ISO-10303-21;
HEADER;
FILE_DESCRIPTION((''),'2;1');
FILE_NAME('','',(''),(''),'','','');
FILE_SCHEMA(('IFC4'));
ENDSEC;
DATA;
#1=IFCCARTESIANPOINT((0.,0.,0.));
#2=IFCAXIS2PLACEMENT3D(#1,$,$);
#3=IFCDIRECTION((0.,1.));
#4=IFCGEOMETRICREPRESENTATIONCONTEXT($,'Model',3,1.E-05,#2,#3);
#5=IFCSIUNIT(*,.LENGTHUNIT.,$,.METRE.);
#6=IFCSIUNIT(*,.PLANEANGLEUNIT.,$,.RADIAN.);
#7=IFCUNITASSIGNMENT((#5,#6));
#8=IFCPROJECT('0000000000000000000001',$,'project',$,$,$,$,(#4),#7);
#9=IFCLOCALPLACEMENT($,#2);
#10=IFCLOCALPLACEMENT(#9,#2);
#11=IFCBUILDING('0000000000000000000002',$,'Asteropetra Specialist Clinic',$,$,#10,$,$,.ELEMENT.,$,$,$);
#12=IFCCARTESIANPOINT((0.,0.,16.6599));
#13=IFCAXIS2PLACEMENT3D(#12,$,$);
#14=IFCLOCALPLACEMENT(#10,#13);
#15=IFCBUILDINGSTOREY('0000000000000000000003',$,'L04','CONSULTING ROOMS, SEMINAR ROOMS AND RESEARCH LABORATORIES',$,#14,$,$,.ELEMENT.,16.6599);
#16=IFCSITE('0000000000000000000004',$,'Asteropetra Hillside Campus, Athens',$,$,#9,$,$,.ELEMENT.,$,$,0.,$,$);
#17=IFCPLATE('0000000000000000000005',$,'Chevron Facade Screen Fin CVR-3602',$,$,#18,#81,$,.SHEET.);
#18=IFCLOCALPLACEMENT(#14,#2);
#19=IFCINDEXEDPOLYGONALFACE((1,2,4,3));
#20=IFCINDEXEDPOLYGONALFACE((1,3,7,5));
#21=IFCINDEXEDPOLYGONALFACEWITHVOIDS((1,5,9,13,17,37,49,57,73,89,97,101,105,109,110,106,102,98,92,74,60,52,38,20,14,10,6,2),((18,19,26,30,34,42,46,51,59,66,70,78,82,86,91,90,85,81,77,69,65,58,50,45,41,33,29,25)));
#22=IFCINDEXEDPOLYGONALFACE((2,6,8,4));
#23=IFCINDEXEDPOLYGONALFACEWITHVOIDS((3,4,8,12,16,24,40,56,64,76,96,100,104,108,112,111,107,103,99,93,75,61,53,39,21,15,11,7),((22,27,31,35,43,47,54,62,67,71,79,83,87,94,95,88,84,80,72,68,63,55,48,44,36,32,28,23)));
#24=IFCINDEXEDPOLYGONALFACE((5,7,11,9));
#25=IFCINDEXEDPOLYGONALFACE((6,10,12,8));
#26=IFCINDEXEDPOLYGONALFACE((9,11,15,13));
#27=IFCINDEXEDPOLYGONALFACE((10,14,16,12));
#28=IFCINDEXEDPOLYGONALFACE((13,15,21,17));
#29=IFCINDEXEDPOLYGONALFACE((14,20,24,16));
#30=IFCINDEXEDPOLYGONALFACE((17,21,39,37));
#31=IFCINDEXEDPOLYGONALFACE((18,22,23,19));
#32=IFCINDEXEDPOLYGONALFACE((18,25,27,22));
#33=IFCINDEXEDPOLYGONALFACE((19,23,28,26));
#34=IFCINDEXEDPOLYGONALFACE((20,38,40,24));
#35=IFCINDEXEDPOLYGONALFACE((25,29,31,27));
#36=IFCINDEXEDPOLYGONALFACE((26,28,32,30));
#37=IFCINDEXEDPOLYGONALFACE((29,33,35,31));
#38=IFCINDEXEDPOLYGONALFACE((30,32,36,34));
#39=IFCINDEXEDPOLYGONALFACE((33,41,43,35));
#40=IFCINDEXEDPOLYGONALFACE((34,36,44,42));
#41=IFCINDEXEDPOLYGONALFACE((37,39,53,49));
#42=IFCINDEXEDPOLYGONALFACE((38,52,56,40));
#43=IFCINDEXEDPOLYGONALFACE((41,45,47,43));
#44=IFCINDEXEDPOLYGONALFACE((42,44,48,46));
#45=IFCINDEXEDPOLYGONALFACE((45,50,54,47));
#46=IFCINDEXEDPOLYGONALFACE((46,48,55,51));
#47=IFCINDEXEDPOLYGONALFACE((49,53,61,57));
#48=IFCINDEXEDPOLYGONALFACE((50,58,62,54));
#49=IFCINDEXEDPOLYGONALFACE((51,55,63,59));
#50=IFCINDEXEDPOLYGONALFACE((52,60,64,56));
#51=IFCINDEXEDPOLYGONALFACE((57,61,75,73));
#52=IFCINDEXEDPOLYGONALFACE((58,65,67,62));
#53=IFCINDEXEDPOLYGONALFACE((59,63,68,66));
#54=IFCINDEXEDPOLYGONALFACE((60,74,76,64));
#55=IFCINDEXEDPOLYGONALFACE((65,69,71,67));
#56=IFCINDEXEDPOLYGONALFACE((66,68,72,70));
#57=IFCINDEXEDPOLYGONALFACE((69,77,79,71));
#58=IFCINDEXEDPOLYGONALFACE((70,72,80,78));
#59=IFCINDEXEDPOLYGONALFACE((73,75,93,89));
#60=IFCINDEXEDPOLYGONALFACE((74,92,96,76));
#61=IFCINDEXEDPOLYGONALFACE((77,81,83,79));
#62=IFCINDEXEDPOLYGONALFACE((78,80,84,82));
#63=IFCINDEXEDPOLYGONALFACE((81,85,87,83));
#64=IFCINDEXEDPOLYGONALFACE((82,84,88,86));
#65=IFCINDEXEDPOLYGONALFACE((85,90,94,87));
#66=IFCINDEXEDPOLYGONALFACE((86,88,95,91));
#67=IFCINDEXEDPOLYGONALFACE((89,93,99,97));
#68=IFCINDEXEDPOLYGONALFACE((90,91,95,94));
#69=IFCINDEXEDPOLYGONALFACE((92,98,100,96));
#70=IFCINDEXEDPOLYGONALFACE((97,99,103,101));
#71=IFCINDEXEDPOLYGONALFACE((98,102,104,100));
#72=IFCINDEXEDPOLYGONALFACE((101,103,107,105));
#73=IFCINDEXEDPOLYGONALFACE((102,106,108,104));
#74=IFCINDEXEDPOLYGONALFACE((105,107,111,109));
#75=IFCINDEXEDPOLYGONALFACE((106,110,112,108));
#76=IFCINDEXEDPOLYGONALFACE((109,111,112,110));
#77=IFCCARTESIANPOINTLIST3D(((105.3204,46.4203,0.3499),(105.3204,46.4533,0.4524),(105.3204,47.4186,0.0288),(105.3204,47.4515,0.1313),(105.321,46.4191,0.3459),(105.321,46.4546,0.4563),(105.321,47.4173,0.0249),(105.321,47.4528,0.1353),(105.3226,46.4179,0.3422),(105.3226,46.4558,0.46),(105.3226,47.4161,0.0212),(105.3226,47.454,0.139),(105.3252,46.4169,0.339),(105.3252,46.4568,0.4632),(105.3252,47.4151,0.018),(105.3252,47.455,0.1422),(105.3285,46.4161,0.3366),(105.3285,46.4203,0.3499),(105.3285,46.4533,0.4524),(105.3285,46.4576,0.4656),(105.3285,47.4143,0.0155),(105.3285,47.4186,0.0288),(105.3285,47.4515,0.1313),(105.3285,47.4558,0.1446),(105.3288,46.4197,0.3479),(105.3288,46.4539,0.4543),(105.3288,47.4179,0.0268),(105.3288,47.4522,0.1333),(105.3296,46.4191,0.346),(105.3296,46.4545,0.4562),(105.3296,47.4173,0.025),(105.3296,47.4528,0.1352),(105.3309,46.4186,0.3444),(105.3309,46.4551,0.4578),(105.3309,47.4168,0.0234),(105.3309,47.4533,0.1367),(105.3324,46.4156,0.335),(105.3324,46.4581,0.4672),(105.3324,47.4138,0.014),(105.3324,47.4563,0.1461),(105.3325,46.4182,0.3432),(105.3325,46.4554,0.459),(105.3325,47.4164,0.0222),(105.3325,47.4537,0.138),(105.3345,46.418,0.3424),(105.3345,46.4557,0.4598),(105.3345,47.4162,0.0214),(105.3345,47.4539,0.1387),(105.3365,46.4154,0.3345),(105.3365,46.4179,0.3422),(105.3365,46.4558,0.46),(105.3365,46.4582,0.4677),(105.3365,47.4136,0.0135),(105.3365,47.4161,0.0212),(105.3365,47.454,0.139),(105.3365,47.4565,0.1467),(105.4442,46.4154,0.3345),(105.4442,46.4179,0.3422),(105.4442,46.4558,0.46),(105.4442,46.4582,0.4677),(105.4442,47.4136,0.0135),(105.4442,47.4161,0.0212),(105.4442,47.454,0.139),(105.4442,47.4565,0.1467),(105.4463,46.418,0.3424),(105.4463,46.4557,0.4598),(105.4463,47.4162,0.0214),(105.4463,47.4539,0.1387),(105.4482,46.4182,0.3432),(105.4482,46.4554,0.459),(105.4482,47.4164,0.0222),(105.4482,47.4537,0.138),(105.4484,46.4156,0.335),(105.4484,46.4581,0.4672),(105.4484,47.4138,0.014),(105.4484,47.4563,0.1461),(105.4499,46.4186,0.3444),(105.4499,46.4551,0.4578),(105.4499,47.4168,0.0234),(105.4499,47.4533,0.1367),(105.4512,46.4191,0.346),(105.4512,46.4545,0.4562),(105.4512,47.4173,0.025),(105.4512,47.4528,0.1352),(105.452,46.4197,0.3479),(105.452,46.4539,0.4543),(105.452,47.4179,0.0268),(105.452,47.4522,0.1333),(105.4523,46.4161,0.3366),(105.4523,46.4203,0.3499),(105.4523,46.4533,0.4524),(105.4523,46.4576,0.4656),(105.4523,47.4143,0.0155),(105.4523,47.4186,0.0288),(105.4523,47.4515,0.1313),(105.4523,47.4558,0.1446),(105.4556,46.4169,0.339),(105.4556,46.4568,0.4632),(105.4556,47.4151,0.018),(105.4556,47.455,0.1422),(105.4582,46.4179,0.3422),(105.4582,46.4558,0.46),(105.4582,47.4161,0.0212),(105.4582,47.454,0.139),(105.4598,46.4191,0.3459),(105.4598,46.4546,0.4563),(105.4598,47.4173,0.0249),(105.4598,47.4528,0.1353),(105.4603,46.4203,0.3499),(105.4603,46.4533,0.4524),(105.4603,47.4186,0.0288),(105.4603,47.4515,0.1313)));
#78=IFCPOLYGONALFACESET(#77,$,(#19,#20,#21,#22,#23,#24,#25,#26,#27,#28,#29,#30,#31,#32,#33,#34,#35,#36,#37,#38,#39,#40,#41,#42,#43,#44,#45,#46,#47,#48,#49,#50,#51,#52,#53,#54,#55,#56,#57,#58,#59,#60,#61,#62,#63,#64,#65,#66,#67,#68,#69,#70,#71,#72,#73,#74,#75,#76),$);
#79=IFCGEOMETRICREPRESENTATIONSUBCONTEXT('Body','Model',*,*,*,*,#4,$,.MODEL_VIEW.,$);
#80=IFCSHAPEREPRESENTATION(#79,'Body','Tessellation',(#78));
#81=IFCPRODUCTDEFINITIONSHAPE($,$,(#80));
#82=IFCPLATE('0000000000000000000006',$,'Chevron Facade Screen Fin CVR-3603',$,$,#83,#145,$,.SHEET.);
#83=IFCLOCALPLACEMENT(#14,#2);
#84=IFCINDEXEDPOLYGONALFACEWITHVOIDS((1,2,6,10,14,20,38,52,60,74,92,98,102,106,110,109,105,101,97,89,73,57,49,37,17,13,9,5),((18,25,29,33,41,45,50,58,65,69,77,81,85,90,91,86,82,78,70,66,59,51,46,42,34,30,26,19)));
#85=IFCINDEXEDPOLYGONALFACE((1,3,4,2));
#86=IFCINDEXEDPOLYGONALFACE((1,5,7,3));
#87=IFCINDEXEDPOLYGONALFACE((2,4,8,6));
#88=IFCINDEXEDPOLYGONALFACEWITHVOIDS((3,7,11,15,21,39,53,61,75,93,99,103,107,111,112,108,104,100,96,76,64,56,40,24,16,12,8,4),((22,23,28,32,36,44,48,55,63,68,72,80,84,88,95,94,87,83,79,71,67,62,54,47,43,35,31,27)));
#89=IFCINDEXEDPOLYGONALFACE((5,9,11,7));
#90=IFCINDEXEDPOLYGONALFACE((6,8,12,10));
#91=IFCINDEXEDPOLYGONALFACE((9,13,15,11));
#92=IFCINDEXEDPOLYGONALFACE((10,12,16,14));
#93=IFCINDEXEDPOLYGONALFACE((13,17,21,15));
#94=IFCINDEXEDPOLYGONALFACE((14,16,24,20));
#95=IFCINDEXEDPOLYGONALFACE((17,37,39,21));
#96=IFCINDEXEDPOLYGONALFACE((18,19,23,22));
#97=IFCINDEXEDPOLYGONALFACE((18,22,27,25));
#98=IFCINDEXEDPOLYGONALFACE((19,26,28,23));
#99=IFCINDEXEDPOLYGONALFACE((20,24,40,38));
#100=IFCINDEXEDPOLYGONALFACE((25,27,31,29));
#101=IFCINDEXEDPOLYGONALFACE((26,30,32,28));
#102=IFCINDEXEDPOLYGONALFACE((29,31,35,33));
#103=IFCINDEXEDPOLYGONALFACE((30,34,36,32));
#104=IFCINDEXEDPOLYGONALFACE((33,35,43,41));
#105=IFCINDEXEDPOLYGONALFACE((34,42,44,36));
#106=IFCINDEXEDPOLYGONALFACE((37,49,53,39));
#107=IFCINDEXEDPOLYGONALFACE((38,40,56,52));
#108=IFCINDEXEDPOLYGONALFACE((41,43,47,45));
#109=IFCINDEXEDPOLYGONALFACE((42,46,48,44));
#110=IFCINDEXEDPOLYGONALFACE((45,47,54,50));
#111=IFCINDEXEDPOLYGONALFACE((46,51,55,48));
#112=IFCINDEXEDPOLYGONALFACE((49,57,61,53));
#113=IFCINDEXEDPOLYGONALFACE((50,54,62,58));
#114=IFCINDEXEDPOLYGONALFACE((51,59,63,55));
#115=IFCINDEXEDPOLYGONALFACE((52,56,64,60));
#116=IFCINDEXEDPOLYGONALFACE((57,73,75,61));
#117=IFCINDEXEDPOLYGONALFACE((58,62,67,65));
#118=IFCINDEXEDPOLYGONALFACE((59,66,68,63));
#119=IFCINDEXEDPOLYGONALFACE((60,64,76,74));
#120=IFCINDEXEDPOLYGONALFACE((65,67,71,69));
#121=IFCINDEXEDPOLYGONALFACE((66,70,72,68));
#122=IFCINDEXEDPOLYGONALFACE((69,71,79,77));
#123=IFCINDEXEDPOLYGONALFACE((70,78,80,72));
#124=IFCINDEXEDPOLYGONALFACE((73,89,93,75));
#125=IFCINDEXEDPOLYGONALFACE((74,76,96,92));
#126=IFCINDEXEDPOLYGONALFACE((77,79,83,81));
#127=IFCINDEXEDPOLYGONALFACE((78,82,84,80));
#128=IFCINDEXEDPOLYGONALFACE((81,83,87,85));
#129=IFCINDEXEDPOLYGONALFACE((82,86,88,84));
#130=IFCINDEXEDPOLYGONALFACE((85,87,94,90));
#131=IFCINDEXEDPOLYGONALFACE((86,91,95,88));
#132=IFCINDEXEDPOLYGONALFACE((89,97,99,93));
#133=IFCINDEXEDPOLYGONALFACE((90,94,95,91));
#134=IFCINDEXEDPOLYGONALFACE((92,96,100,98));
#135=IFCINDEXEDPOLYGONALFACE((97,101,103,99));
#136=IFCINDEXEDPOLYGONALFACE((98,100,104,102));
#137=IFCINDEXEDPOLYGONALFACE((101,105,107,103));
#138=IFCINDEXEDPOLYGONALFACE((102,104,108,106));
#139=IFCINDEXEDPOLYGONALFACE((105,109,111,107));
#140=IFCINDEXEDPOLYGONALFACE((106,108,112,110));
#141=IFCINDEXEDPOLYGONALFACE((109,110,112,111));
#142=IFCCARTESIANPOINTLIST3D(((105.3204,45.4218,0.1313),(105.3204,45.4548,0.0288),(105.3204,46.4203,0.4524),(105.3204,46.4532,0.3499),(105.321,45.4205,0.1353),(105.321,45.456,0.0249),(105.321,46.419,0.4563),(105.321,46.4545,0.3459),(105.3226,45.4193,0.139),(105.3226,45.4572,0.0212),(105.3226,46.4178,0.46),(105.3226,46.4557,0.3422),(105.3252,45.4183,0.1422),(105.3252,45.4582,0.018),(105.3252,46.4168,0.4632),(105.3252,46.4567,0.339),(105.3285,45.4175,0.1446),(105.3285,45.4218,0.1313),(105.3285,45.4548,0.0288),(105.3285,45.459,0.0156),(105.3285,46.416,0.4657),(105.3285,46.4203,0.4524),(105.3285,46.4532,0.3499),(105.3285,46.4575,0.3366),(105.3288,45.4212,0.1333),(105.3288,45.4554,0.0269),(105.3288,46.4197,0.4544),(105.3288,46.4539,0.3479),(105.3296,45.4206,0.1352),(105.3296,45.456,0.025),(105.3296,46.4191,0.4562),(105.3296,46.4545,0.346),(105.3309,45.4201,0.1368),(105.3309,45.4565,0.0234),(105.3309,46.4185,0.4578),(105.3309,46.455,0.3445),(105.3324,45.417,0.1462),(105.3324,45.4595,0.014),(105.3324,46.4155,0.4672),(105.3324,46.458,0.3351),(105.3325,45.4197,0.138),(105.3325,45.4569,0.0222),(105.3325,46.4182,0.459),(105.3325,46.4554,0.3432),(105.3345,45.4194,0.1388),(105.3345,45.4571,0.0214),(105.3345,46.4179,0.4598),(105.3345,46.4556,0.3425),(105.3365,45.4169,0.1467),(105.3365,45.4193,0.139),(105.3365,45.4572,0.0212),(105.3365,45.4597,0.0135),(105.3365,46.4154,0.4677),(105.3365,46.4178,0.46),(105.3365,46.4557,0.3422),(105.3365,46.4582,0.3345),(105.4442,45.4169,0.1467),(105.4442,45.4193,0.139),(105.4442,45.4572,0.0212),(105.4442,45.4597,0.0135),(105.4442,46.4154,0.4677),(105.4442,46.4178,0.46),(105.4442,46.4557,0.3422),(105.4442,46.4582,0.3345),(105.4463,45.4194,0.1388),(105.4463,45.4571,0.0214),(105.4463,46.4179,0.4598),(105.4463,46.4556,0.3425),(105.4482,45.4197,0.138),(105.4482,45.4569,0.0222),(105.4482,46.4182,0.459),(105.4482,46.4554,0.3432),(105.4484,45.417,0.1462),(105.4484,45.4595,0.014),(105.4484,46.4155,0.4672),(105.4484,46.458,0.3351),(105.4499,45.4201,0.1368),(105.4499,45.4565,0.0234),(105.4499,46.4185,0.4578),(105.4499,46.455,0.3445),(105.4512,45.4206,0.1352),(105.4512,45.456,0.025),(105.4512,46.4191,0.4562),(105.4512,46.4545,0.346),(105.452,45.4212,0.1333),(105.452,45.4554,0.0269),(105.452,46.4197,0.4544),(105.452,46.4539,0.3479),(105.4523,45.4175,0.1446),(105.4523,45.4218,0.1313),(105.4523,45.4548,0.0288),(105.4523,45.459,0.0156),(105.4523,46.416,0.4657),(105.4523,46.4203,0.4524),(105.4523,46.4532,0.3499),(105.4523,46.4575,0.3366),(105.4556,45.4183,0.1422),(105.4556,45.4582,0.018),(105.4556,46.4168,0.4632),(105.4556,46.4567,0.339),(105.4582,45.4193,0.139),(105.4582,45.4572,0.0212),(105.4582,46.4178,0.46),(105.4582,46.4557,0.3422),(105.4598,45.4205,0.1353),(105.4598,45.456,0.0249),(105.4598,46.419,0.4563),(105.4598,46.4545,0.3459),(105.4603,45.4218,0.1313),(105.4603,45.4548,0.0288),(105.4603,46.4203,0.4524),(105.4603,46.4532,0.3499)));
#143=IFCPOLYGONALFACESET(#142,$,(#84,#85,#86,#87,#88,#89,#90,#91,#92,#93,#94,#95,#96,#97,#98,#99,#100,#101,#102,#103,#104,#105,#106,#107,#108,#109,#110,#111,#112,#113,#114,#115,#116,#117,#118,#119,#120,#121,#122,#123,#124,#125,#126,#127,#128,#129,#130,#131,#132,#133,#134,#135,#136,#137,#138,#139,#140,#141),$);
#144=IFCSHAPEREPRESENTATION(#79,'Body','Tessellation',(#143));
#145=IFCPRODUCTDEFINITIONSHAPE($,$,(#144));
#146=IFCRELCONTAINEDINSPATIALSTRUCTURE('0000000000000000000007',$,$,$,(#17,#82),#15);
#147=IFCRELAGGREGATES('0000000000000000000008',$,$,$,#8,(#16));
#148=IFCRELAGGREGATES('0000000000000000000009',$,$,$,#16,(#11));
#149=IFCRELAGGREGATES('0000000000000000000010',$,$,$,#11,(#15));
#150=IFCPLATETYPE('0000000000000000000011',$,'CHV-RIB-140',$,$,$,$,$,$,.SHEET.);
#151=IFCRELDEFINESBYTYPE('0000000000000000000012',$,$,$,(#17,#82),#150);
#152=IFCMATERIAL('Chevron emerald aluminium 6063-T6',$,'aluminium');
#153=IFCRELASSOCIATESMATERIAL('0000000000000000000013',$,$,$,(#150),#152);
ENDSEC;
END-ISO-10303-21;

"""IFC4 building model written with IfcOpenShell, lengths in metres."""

from ifc_helpers import new_model, si_unit, direction, frame, origin, origin_2d, place, context, subcontext, project, spatial, hollow_rectangle, extrude, material, material_profile, profile_set, type_object, element, save


model = new_model("IFC4")

# Units and contexts
model_context = context("Model", 3, precision=1e-05, world=origin(), true_north=direction((0.0, 1.0)))
body_context = subcontext(model_context, "Body", "Model", "MODEL_VIEW")
ifc_project = project(units=[si_unit("LENGTHUNIT", "METRE"), si_unit("PLANEANGLEUNIT", "RADIAN")], contexts=[model_context])

# Site, building, storey
site_placement = place(None, origin())
site = spatial("IfcSite", under=ifc_project, at=site_placement, Name="Asteropetra Hillside Campus, Athens", CompositionType="ELEMENT", RefElevation=0.0)
building_placement = place(site_placement, origin())
building = spatial("IfcBuilding", under=site, at=building_placement, Name="Asteropetra Specialist Clinic", CompositionType="ELEMENT")
storey_placement = place(building_placement, frame((0.0, 0.0, 16.6599)))
storey = spatial("IfcBuildingStorey", under=building, at=storey_placement, Name="L04", Description="CONSULTING ROOMS, SEMINAR ROOMS AND RESEARCH LABORATORIES", CompositionType="ELEMENT", Elevation=16.6599)

# Plates
ifc_material_1 = material(Name="Chevron emerald aluminium 6063-T6", Category="aluminium")
ifc_material_profile = material_profile(ifc_material_1, hollow_rectangle(XDim=0.1399, YDim=0.1399, WallThickness=0.0081, InnerFilletRadius=0.0081, OuterFilletRadius=0.0161, at=origin_2d()), Name="SHS 140x140x8.0")
ifc_profile_set = profile_set([ifc_material_profile], Name="Chevron emerald aluminium 6063-T6")
plate_type = type_object("IfcPlateType", Name="CHV-RIB-140", PredefinedType="SHEET", material=ifc_profile_set)
plate_1_placement = place(storey_placement, frame((105.3904, 47.4351, 0.0801), z_axis=(0.0, -0.951983, 0.306152), x_axis=(1.0, 0.0, 0.0)))
element("IfcPlate", 1, at=plate_1_placement, inside=storey, type_object=plate_type, Name="Chevron Facade Screen Fin CVR-3602", PredefinedType="SHEET", context=body_context, shape_type="SweptSolid", body=[
    extrude(hollow_rectangle(XDim=0.1399, YDim=0.1399, WallThickness=0.0081, InnerFilletRadius=0.0081, OuterFilletRadius=0.0161, at=origin_2d()), origin(), (0.0, 0.0, 1.0), 1.0486),
])
for number, where, z_axis, x_axis, name in (
    (2, (105.3904, 46.4368, 0.4011), (0.0, -0.952004, -0.306085), (1.0, 0.0, 0.0), "Chevron Facade Screen Fin CVR-3603"),
):
    element("IfcPlate", number, at=place(storey_placement, frame(where, z_axis=z_axis, x_axis=x_axis)), inside=storey, type_object=plate_type, Name=name, PredefinedType="SHEET", context=body_context, shape_type="SweptSolid", body=[
        extrude(hollow_rectangle(XDim=0.1399, YDim=0.1399, WallThickness=0.0081, InnerFilletRadius=0.0081, OuterFilletRadius=0.0161, at=origin_2d()), origin(), (0.0, 0.0, 1.0), 1.0488),
    ])

save(model, "model.ifc")
